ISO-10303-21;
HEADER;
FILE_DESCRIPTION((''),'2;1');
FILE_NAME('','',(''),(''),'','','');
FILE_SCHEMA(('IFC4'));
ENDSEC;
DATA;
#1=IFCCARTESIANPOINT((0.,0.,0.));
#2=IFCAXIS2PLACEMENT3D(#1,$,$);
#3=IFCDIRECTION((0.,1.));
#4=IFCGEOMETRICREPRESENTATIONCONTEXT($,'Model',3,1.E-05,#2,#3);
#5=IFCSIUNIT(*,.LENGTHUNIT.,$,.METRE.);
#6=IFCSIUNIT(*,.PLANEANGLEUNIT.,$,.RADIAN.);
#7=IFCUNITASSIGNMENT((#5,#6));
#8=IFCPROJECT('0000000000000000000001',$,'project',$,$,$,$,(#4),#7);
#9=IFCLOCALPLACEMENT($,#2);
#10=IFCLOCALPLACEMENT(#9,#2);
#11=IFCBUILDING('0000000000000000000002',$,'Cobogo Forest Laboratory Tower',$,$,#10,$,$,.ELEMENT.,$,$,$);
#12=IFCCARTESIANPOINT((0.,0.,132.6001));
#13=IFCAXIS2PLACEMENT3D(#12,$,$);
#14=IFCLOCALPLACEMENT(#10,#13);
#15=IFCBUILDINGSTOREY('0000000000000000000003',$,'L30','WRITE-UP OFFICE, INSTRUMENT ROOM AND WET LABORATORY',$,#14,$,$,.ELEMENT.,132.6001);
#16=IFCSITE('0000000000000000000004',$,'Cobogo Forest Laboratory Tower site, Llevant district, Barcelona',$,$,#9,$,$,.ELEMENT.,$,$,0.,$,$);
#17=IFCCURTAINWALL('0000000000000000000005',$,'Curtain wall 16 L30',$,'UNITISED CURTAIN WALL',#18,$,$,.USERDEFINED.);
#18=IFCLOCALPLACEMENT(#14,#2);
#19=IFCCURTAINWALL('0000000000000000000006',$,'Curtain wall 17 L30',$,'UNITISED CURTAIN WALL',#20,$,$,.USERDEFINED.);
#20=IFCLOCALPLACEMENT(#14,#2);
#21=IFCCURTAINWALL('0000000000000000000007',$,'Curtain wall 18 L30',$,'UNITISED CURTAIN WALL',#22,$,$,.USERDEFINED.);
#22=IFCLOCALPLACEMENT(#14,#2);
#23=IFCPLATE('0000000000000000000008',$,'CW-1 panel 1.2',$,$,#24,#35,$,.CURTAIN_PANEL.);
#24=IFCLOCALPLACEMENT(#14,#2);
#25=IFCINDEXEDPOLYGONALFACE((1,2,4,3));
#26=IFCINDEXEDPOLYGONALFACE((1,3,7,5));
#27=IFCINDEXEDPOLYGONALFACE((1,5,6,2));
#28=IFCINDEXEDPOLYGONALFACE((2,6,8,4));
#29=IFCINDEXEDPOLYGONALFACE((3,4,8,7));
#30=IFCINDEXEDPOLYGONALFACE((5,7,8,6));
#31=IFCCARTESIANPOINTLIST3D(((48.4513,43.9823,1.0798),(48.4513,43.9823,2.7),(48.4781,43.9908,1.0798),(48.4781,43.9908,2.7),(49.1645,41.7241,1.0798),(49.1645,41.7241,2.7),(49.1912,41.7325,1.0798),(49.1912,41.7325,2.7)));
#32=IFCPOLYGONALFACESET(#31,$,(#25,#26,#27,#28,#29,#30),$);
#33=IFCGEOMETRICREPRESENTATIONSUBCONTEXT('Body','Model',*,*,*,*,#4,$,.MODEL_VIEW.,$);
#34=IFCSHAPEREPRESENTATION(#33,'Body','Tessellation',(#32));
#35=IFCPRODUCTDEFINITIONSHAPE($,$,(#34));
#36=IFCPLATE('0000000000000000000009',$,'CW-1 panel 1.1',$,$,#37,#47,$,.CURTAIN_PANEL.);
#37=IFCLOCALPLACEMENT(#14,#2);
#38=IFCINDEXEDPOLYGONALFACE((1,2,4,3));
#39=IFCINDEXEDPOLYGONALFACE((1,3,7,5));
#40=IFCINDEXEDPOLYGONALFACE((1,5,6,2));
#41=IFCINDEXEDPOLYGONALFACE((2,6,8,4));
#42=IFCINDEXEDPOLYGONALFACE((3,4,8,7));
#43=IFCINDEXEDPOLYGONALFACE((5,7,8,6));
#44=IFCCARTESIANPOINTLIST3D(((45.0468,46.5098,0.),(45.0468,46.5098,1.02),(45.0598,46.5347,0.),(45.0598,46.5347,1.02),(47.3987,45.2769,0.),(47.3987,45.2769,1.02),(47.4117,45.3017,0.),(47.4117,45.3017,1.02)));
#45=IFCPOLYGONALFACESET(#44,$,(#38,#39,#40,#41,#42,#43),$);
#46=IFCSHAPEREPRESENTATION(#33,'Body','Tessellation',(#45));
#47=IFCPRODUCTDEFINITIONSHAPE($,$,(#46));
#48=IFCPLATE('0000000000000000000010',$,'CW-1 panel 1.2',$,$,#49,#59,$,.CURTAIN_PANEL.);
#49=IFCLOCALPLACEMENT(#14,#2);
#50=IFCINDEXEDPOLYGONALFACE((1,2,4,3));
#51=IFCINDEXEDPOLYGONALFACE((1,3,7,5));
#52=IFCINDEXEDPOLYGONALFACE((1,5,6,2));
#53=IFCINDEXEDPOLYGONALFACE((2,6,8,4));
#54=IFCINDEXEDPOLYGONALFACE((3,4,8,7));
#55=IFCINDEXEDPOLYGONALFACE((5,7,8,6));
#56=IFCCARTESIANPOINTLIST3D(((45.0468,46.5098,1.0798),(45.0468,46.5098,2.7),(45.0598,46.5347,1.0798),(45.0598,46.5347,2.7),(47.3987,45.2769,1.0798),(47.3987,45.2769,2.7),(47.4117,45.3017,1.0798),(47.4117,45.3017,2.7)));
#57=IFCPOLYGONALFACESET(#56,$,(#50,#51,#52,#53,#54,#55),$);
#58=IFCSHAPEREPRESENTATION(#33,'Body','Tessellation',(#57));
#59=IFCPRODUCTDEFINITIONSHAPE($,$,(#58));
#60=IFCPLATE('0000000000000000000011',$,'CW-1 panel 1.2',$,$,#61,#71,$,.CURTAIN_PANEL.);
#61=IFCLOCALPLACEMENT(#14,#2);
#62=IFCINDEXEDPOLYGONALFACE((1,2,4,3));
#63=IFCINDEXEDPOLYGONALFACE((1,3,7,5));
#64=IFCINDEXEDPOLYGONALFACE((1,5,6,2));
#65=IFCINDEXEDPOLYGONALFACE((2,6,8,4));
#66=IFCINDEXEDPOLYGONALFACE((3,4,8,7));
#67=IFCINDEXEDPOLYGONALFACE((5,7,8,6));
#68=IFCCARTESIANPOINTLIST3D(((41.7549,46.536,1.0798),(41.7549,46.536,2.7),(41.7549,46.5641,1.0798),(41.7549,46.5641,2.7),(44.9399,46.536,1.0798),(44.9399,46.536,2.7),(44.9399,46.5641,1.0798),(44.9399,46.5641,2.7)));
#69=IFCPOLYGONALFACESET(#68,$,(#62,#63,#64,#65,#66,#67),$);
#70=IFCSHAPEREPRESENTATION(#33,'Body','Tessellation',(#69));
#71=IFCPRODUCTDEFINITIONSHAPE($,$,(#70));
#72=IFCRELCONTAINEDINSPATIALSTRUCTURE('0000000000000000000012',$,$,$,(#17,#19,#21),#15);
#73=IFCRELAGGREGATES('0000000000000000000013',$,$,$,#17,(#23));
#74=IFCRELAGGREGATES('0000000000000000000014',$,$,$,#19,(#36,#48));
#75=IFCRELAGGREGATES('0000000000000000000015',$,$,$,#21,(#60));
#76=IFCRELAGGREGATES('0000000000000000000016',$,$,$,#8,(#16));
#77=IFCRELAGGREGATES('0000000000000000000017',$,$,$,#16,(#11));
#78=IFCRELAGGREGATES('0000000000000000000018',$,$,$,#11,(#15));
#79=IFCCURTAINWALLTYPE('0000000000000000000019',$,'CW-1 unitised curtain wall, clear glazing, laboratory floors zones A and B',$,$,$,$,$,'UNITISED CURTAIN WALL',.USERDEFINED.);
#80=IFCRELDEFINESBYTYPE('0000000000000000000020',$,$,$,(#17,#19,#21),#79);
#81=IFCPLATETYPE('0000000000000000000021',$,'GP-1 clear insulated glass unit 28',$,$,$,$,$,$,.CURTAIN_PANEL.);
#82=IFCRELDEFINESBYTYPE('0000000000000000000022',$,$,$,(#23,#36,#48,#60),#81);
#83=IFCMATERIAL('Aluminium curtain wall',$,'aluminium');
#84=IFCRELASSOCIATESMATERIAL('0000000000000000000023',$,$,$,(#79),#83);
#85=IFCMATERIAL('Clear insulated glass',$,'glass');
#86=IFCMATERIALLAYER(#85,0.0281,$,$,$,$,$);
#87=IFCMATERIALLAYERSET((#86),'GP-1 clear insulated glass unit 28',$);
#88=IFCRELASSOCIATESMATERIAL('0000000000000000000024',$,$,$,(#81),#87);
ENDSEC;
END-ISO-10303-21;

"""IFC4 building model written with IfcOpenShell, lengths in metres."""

from ifc_helpers import new_model, si_unit, direction, frame, origin, origin_2d, place, context, subcontext, project, spatial, rectangle, extrude, material, layer, layer_set, type_object, element, aggregate, save


model = new_model("IFC4")

# Units and contexts
model_context = context("Model", 3, precision=1e-05, world=origin(), true_north=direction((0.0, 1.0)))
body_context = subcontext(model_context, "Body", "Model", "MODEL_VIEW")
ifc_project = project(units=[si_unit("LENGTHUNIT", "METRE"), si_unit("PLANEANGLEUNIT", "RADIAN")], contexts=[model_context])

# Site, building, storey
site_placement = place(None, origin())
site = spatial("IfcSite", under=ifc_project, at=site_placement, Name="Cobogo Forest Laboratory Tower site, Llevant district, Barcelona", CompositionType="ELEMENT", RefElevation=0.0)
building_placement = place(site_placement, origin())
building = spatial("IfcBuilding", under=site, at=building_placement, Name="Cobogo Forest Laboratory Tower", CompositionType="ELEMENT")
storey_placement = place(building_placement, frame((0.0, 0.0, 132.6001)))
storey = spatial("IfcBuildingStorey", under=building, at=storey_placement, Name="L30", Description="WRITE-UP OFFICE, INSTRUMENT ROOM AND WET LABORATORY", CompositionType="ELEMENT", Elevation=132.6001)

# Shared definitions
ifc_material_1 = material(Name="Aluminium curtain wall", Category="aluminium")
curtain_wall_type = type_object("IfcCurtainWallType", Name="CW-1 unitised curtain wall, clear glazing, laboratory floors zones A and B", ElementType="UNITISED CURTAIN WALL", PredefinedType="USERDEFINED", material=ifc_material_1)

# Curtain walls
curtain_wall_1_placement = place(storey_placement, origin())
curtain_wall_1 = element("IfcCurtainWall", 1, at=curtain_wall_1_placement, inside=storey, type_object=curtain_wall_type, Name="Curtain wall 16 L30", ObjectType="UNITISED CURTAIN WALL", PredefinedType="USERDEFINED")
curtain_wall_2_placement = place(storey_placement, origin())
curtain_wall_2 = element("IfcCurtainWall", 2, at=curtain_wall_2_placement, inside=storey, type_object=curtain_wall_type, Name="Curtain wall 17 L30", ObjectType="UNITISED CURTAIN WALL", PredefinedType="USERDEFINED")

# Curtain wall
curtain_wall_3_placement = place(storey_placement, origin())
curtain_wall_3 = element("IfcCurtainWall", 3, at=curtain_wall_3_placement, inside=storey, type_object=curtain_wall_type, Name="Curtain wall 18 L30", ObjectType="UNITISED CURTAIN WALL", PredefinedType="USERDEFINED")

# Plates
ifc_material_2 = material(Name="Clear insulated glass", Category="glass")
ifc_layer = layer(ifc_material_2, 0.0281)
ifc_layer_set = layer_set([ifc_layer], Name="GP-1 clear insulated glass unit 28")
plate_type = type_object("IfcPlateType", Name="GP-1 clear insulated glass unit 28", PredefinedType="CURTAIN_PANEL", material=ifc_layer_set)
plate_1_placement = place(storey_placement, frame((48.8213, 42.8574, 1.0798), z_axis=(0.0, 0.0, 1.0), x_axis=(-0.301135, 0.953581, 0.0)))
plate_1 = element("IfcPlate", 4, at=plate_1_placement, type_object=plate_type, Name="CW-1 panel 1.2", PredefinedType="CURTAIN_PANEL", context=body_context, shape_type="SweptSolid", body=[
    extrude(rectangle(XDim=2.3682, YDim=0.0281, at=origin_2d()), origin(), (0.0, 0.0, 1.0), 1.6201),
])
aggregate(curtain_wall_1, [plate_1])
plate_2_placement = place(storey_placement, frame((46.2292, 45.9058, 0.0), z_axis=(0.0, 0.0, 1.0), x_axis=(-0.885687, 0.464284, 0.0)))
plate_2 = element("IfcPlate", 5, at=plate_2_placement, type_object=plate_type, Name="CW-1 panel 1.1", PredefinedType="CURTAIN_PANEL", context=body_context, shape_type="SweptSolid", body=[
    extrude(rectangle(XDim=2.6555, YDim=0.0281, at=origin_2d()), origin(), (0.0, 0.0, 1.0), 1.02),
])
plate_3_placement = place(storey_placement, frame((46.2292, 45.9058, 1.0798), z_axis=(0.0, 0.0, 1.0), x_axis=(-0.885687, 0.464284, 0.0)))
plate_3 = element("IfcPlate", 6, at=plate_3_placement, type_object=plate_type, Name="CW-1 panel 1.2", PredefinedType="CURTAIN_PANEL", context=body_context, shape_type="SweptSolid", body=[
    extrude(rectangle(XDim=2.6555, YDim=0.0281, at=origin_2d()), origin(), (0.0, 0.0, 1.0), 1.6201),
])
aggregate(curtain_wall_2, [plate_2, plate_3])
plate_4_placement = place(storey_placement, frame((43.3474, 46.55, 1.0798), z_axis=(0.0, 0.0, 1.0), x_axis=(-1.0, 0.0, 0.0)))
plate_4 = element("IfcPlate", 7, at=plate_4_placement, type_object=plate_type, Name="CW-1 panel 1.2", PredefinedType="CURTAIN_PANEL", context=body_context, shape_type="SweptSolid", body=[
    extrude(rectangle(XDim=3.1851, YDim=0.0281, at=origin_2d()), origin(), (0.0, 0.0, 1.0), 1.6201),
])
aggregate(curtain_wall_3, [plate_4])

save(model, "model.ifc")
